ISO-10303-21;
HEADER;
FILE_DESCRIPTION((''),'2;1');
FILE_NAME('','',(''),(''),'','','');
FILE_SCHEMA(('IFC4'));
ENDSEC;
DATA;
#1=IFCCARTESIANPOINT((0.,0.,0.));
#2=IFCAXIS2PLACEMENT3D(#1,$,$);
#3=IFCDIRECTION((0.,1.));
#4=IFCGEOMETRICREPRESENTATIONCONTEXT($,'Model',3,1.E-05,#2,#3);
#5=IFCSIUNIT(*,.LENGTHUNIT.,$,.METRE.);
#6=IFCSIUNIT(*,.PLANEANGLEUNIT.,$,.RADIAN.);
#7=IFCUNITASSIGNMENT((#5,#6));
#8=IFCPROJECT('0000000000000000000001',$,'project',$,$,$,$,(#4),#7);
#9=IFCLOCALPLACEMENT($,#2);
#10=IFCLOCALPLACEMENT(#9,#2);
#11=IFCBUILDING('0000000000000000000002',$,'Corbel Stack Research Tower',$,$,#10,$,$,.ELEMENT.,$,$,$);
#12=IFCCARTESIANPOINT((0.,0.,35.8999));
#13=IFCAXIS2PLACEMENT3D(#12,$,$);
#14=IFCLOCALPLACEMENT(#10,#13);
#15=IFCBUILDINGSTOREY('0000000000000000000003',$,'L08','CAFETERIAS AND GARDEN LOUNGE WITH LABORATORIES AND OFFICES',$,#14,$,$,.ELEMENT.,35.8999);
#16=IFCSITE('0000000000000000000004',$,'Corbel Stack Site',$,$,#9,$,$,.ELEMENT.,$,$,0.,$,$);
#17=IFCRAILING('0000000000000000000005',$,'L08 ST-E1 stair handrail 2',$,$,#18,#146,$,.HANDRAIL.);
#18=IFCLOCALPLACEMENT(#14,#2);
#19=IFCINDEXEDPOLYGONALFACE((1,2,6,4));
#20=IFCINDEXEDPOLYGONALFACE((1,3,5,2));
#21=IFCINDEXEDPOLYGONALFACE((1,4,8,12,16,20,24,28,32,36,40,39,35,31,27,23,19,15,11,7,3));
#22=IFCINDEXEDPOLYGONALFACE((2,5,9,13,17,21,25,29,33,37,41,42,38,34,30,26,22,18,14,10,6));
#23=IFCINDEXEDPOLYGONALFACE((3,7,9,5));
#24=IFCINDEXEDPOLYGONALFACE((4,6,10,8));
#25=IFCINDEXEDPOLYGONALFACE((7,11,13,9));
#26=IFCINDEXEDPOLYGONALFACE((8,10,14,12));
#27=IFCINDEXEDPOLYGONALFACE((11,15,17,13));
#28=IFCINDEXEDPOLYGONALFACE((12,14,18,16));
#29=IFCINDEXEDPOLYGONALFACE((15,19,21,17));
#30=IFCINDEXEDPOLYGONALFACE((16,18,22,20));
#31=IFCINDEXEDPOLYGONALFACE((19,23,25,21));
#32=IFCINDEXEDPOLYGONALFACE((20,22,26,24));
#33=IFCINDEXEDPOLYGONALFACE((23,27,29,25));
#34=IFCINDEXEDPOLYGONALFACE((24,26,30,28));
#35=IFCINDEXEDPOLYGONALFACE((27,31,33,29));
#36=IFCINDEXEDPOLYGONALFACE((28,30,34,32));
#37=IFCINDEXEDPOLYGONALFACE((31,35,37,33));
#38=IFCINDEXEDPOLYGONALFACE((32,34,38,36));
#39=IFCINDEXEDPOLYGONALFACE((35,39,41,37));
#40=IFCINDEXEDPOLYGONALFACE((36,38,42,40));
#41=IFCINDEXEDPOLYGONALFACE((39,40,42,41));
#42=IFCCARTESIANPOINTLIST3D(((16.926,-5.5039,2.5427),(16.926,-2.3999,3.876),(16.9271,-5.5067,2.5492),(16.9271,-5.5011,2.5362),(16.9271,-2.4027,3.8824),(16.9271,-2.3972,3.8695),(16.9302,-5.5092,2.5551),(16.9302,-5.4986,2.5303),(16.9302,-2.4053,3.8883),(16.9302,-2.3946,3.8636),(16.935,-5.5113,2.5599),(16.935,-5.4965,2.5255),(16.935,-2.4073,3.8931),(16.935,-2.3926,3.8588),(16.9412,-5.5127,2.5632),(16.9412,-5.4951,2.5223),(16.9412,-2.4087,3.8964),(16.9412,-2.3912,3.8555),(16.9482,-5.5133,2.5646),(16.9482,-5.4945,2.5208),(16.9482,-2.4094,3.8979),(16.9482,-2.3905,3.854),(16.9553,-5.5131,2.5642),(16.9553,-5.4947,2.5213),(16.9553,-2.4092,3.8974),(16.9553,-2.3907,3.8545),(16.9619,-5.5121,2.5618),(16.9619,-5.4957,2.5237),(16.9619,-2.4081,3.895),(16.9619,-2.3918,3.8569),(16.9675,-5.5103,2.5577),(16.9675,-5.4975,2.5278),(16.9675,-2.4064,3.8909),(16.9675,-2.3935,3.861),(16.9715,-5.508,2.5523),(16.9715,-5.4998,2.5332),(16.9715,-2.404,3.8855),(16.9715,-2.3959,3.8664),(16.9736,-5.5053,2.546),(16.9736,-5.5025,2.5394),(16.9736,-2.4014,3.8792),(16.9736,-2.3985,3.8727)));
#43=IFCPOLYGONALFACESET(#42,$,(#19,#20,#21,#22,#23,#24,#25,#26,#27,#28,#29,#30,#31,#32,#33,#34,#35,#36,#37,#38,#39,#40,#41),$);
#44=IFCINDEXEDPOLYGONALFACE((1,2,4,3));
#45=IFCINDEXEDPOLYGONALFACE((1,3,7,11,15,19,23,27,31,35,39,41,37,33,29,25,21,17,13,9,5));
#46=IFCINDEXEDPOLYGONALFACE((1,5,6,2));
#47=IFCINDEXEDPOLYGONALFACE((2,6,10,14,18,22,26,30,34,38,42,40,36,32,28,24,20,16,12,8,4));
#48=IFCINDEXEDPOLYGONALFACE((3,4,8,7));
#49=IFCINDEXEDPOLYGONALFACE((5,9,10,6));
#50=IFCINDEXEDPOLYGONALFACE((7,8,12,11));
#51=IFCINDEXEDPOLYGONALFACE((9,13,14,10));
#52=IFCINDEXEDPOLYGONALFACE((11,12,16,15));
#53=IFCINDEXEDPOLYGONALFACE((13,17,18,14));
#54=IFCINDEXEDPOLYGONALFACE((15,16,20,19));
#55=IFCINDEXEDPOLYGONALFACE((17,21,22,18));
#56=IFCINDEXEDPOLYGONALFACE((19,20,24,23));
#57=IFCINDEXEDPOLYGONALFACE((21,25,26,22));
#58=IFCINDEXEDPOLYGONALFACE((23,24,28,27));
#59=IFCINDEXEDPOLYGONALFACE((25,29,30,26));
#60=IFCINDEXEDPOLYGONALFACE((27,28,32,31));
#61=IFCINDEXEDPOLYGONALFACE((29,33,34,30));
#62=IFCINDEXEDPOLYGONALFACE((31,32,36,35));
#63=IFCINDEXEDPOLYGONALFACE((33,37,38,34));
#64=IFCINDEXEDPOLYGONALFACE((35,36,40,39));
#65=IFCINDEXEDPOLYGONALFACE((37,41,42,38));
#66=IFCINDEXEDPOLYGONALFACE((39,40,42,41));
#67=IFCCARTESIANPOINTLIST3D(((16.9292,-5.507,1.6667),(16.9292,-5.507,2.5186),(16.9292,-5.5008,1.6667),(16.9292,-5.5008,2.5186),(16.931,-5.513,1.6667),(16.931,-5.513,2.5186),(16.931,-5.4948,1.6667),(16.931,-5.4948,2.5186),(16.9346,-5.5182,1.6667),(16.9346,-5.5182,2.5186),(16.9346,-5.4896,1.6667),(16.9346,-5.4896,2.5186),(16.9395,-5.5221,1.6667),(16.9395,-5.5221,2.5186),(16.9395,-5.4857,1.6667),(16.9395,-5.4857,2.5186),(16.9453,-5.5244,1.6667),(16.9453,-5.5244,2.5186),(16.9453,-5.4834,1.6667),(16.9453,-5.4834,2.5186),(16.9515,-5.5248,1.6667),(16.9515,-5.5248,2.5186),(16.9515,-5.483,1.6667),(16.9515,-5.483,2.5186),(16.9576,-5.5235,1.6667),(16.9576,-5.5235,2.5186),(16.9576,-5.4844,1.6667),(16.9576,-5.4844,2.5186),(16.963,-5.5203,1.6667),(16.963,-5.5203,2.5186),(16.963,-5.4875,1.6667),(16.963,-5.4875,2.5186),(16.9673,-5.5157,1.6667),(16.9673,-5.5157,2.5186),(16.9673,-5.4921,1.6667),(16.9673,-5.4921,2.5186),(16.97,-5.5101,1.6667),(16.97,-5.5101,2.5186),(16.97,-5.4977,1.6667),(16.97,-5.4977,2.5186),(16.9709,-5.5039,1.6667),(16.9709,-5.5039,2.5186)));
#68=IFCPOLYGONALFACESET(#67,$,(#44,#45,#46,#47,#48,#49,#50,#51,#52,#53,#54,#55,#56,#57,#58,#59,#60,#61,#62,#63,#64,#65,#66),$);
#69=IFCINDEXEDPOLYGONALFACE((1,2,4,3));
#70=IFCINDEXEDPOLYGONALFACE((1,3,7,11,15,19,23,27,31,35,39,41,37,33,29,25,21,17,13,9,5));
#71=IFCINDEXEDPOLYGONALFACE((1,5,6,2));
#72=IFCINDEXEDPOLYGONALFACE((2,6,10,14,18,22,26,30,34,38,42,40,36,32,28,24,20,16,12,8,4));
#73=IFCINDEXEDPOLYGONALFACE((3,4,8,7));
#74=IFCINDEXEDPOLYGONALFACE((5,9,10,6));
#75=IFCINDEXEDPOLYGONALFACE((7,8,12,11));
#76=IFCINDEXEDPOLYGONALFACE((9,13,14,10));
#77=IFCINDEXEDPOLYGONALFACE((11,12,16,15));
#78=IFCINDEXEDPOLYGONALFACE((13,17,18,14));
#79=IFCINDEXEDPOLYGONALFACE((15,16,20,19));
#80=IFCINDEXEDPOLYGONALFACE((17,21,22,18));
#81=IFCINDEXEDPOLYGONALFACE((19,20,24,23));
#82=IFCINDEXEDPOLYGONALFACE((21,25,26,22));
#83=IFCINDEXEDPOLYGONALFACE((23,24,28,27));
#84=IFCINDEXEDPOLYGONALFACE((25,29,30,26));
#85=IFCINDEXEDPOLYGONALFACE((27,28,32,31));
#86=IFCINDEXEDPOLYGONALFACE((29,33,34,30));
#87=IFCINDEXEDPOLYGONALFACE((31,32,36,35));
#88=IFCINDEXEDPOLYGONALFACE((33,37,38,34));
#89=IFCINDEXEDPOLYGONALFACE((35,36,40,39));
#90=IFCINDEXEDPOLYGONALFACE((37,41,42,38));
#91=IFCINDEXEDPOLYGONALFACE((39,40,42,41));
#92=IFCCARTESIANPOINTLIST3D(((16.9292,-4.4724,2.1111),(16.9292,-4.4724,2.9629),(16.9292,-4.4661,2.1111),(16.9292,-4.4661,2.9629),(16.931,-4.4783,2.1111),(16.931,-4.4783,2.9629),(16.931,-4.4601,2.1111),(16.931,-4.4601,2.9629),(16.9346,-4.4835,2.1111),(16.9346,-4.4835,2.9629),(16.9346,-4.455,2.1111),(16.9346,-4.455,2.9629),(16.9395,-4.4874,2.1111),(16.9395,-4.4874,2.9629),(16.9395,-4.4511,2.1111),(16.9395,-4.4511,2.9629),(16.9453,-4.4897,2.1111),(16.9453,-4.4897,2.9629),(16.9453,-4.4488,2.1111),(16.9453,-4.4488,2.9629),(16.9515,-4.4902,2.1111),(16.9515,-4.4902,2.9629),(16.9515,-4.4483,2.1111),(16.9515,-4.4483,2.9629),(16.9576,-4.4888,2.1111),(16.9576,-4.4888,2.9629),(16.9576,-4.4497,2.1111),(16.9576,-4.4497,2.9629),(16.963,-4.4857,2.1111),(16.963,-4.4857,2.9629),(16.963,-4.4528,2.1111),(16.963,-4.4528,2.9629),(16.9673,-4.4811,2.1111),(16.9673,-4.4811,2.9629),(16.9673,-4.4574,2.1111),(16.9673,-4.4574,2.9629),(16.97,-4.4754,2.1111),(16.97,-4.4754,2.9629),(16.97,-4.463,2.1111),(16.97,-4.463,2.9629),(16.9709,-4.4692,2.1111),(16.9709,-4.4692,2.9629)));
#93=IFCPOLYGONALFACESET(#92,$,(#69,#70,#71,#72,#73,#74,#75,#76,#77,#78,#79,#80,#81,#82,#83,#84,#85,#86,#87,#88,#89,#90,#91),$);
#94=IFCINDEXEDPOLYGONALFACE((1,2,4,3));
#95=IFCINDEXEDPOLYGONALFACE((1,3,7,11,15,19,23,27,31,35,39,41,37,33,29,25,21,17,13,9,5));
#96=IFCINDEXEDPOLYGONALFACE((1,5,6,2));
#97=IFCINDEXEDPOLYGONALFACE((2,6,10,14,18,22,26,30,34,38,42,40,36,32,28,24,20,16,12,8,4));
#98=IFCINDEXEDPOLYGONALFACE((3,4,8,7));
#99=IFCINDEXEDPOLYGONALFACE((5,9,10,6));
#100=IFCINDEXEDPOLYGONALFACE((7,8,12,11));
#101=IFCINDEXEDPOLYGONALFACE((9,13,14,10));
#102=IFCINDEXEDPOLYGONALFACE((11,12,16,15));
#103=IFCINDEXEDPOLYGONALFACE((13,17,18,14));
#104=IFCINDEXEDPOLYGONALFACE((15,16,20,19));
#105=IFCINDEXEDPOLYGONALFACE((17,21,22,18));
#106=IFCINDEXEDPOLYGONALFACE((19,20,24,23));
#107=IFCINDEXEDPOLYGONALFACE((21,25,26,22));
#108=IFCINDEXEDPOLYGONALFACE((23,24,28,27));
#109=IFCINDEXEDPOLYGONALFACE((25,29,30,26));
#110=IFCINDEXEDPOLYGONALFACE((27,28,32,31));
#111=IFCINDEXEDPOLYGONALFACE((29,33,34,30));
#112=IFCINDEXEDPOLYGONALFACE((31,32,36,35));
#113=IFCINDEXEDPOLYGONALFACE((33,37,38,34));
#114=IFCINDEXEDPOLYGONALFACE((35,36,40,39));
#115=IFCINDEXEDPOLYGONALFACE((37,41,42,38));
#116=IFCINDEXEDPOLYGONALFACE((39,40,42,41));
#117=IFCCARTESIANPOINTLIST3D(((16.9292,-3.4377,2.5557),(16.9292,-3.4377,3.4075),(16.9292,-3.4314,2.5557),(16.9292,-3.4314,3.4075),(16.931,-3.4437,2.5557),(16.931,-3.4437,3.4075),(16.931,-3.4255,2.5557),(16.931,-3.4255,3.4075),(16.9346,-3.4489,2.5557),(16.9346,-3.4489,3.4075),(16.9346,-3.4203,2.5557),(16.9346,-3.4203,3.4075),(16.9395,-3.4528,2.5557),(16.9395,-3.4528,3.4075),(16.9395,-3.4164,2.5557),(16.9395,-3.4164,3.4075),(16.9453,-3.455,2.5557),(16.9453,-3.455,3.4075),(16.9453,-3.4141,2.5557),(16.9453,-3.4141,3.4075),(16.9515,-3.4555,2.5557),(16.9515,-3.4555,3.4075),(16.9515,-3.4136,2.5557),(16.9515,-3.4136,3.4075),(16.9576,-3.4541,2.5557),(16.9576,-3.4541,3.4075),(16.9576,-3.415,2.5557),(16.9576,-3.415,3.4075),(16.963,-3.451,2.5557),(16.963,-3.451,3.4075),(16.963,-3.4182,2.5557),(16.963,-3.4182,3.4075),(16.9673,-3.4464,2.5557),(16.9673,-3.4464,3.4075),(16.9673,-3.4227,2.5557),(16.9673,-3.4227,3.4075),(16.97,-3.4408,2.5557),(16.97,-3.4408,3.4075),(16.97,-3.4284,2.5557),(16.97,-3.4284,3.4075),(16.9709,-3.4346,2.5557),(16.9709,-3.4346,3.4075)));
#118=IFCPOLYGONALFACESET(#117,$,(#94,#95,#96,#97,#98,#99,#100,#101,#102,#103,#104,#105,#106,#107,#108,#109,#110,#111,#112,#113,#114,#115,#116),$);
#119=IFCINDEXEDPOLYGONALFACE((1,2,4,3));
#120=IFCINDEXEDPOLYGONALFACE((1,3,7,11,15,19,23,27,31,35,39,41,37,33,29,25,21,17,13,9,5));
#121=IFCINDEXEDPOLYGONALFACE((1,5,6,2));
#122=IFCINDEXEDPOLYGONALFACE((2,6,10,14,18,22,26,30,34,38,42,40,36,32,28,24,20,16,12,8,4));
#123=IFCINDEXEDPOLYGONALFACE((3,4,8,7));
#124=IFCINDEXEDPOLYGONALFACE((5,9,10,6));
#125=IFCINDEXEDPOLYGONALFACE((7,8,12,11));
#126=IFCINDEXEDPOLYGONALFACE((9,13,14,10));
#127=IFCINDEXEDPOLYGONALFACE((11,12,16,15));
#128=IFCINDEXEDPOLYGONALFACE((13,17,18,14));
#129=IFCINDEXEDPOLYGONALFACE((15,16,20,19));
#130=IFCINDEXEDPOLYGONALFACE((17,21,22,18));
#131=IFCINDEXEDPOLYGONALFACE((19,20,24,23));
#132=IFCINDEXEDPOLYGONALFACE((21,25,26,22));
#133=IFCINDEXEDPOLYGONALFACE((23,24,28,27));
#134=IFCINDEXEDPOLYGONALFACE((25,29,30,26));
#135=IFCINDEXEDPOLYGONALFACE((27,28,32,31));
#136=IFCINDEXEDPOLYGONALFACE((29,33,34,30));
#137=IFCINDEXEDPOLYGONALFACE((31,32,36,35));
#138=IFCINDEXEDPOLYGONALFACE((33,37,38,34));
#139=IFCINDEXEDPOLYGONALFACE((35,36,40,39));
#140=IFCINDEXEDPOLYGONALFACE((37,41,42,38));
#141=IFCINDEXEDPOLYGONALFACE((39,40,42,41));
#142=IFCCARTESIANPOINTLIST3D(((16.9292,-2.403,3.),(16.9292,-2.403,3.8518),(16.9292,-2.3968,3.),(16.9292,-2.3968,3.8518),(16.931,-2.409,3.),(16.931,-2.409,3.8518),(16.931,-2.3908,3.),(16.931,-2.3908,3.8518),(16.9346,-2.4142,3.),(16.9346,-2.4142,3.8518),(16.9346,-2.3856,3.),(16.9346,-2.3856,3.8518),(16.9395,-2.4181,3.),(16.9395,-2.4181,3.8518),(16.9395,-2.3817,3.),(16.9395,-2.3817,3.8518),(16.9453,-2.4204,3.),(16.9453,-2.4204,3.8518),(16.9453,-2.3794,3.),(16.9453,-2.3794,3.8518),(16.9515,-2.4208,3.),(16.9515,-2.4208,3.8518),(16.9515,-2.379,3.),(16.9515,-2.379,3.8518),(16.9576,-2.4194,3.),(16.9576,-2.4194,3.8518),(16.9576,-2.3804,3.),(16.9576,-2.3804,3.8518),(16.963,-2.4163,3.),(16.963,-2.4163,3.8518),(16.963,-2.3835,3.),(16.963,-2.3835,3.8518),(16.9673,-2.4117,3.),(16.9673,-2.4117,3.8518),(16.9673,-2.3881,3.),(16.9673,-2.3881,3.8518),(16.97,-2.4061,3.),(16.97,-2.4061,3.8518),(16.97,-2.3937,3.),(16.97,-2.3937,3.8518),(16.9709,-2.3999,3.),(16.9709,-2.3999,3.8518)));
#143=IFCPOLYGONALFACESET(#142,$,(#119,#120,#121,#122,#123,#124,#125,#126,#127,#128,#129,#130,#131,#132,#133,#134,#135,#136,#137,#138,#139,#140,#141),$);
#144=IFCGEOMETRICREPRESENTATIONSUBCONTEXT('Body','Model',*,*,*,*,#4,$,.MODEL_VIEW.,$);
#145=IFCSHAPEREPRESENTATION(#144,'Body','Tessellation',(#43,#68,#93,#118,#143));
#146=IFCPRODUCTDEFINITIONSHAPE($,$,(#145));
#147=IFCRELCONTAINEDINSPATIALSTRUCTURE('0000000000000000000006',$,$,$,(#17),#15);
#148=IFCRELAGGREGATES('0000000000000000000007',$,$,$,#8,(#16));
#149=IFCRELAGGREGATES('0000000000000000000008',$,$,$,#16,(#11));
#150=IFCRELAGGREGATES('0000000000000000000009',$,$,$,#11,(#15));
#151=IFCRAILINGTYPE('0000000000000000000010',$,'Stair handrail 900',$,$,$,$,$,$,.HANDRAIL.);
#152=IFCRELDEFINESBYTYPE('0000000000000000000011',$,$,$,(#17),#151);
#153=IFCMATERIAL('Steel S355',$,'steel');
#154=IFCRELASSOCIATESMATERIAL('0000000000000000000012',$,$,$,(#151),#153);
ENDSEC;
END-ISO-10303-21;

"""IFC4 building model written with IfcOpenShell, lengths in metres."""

from ifc_helpers import new_model, si_unit, direction, frame, origin, origin_2d, place, context, subcontext, project, spatial, circle, extrude, material, type_object, element, save


model = new_model("IFC4")

# Units and contexts
model_context = context("Model", 3, precision=1e-05, world=origin(), true_north=direction((0.0, 1.0)))
body_context = subcontext(model_context, "Body", "Model", "MODEL_VIEW")
ifc_project = project(units=[si_unit("LENGTHUNIT", "METRE"), si_unit("PLANEANGLEUNIT", "RADIAN")], contexts=[model_context])

# Site, building, storey
site_placement = place(None, origin())
site = spatial("IfcSite", under=ifc_project, at=site_placement, Name="Corbel Stack Site", CompositionType="ELEMENT", RefElevation=0.0)
building_placement = place(site_placement, origin())
building = spatial("IfcBuilding", under=site, at=building_placement, Name="Corbel Stack Research Tower", CompositionType="ELEMENT")
storey_placement = place(building_placement, frame((0.0, 0.0, 35.8999)))
storey = spatial("IfcBuildingStorey", under=building, at=storey_placement, Name="L08", Description="CAFETERIAS AND GARDEN LOUNGE WITH LABORATORIES AND OFFICES", CompositionType="ELEMENT", Elevation=35.8999)

# Railing
ifc_material_1 = material(Name="Steel S355", Category="steel")
railing_type_1 = type_object("IfcRailingType", Name="Stair handrail 900", PredefinedType="HANDRAIL", material=ifc_material_1)
railing_1_placement = place(storey_placement, frame((16.95, -5.5039, 1.6667)))
element("IfcRailing", 1, at=railing_1_placement, inside=storey, type_object=railing_type_1, Name="L08 ST-E1 stair handrail 2", PredefinedType="HANDRAIL", context=body_context, shape_type="SweptSolid", body=[
    extrude(circle(Radius=0.0239, at=origin_2d()), frame((0.0, 0.0, 0.876), z_axis=(0.0, 0.918827, 0.394661), x_axis=(-1.0, 0.0, 0.0)), (0.0, 0.0, 1.0), 3.3782),
    extrude(circle(Radius=0.021, at=origin_2d()), origin(), (0.0, 0.0, 1.0), 0.8518),
    extrude(circle(Radius=0.021, at=origin_2d()), frame((0.0, 1.0347, 0.4443)), (0.0, 0.0, 1.0), 0.8518),
    extrude(circle(Radius=0.021, at=origin_2d()), frame((0.0, 2.0693, 0.8889)), (0.0, 0.0, 1.0), 0.8518),
    extrude(circle(Radius=0.021, at=origin_2d()), frame((0.0, 3.104, 1.3333)), (0.0, 0.0, 1.0), 0.8518),
])

save(model, "model.ifc")
